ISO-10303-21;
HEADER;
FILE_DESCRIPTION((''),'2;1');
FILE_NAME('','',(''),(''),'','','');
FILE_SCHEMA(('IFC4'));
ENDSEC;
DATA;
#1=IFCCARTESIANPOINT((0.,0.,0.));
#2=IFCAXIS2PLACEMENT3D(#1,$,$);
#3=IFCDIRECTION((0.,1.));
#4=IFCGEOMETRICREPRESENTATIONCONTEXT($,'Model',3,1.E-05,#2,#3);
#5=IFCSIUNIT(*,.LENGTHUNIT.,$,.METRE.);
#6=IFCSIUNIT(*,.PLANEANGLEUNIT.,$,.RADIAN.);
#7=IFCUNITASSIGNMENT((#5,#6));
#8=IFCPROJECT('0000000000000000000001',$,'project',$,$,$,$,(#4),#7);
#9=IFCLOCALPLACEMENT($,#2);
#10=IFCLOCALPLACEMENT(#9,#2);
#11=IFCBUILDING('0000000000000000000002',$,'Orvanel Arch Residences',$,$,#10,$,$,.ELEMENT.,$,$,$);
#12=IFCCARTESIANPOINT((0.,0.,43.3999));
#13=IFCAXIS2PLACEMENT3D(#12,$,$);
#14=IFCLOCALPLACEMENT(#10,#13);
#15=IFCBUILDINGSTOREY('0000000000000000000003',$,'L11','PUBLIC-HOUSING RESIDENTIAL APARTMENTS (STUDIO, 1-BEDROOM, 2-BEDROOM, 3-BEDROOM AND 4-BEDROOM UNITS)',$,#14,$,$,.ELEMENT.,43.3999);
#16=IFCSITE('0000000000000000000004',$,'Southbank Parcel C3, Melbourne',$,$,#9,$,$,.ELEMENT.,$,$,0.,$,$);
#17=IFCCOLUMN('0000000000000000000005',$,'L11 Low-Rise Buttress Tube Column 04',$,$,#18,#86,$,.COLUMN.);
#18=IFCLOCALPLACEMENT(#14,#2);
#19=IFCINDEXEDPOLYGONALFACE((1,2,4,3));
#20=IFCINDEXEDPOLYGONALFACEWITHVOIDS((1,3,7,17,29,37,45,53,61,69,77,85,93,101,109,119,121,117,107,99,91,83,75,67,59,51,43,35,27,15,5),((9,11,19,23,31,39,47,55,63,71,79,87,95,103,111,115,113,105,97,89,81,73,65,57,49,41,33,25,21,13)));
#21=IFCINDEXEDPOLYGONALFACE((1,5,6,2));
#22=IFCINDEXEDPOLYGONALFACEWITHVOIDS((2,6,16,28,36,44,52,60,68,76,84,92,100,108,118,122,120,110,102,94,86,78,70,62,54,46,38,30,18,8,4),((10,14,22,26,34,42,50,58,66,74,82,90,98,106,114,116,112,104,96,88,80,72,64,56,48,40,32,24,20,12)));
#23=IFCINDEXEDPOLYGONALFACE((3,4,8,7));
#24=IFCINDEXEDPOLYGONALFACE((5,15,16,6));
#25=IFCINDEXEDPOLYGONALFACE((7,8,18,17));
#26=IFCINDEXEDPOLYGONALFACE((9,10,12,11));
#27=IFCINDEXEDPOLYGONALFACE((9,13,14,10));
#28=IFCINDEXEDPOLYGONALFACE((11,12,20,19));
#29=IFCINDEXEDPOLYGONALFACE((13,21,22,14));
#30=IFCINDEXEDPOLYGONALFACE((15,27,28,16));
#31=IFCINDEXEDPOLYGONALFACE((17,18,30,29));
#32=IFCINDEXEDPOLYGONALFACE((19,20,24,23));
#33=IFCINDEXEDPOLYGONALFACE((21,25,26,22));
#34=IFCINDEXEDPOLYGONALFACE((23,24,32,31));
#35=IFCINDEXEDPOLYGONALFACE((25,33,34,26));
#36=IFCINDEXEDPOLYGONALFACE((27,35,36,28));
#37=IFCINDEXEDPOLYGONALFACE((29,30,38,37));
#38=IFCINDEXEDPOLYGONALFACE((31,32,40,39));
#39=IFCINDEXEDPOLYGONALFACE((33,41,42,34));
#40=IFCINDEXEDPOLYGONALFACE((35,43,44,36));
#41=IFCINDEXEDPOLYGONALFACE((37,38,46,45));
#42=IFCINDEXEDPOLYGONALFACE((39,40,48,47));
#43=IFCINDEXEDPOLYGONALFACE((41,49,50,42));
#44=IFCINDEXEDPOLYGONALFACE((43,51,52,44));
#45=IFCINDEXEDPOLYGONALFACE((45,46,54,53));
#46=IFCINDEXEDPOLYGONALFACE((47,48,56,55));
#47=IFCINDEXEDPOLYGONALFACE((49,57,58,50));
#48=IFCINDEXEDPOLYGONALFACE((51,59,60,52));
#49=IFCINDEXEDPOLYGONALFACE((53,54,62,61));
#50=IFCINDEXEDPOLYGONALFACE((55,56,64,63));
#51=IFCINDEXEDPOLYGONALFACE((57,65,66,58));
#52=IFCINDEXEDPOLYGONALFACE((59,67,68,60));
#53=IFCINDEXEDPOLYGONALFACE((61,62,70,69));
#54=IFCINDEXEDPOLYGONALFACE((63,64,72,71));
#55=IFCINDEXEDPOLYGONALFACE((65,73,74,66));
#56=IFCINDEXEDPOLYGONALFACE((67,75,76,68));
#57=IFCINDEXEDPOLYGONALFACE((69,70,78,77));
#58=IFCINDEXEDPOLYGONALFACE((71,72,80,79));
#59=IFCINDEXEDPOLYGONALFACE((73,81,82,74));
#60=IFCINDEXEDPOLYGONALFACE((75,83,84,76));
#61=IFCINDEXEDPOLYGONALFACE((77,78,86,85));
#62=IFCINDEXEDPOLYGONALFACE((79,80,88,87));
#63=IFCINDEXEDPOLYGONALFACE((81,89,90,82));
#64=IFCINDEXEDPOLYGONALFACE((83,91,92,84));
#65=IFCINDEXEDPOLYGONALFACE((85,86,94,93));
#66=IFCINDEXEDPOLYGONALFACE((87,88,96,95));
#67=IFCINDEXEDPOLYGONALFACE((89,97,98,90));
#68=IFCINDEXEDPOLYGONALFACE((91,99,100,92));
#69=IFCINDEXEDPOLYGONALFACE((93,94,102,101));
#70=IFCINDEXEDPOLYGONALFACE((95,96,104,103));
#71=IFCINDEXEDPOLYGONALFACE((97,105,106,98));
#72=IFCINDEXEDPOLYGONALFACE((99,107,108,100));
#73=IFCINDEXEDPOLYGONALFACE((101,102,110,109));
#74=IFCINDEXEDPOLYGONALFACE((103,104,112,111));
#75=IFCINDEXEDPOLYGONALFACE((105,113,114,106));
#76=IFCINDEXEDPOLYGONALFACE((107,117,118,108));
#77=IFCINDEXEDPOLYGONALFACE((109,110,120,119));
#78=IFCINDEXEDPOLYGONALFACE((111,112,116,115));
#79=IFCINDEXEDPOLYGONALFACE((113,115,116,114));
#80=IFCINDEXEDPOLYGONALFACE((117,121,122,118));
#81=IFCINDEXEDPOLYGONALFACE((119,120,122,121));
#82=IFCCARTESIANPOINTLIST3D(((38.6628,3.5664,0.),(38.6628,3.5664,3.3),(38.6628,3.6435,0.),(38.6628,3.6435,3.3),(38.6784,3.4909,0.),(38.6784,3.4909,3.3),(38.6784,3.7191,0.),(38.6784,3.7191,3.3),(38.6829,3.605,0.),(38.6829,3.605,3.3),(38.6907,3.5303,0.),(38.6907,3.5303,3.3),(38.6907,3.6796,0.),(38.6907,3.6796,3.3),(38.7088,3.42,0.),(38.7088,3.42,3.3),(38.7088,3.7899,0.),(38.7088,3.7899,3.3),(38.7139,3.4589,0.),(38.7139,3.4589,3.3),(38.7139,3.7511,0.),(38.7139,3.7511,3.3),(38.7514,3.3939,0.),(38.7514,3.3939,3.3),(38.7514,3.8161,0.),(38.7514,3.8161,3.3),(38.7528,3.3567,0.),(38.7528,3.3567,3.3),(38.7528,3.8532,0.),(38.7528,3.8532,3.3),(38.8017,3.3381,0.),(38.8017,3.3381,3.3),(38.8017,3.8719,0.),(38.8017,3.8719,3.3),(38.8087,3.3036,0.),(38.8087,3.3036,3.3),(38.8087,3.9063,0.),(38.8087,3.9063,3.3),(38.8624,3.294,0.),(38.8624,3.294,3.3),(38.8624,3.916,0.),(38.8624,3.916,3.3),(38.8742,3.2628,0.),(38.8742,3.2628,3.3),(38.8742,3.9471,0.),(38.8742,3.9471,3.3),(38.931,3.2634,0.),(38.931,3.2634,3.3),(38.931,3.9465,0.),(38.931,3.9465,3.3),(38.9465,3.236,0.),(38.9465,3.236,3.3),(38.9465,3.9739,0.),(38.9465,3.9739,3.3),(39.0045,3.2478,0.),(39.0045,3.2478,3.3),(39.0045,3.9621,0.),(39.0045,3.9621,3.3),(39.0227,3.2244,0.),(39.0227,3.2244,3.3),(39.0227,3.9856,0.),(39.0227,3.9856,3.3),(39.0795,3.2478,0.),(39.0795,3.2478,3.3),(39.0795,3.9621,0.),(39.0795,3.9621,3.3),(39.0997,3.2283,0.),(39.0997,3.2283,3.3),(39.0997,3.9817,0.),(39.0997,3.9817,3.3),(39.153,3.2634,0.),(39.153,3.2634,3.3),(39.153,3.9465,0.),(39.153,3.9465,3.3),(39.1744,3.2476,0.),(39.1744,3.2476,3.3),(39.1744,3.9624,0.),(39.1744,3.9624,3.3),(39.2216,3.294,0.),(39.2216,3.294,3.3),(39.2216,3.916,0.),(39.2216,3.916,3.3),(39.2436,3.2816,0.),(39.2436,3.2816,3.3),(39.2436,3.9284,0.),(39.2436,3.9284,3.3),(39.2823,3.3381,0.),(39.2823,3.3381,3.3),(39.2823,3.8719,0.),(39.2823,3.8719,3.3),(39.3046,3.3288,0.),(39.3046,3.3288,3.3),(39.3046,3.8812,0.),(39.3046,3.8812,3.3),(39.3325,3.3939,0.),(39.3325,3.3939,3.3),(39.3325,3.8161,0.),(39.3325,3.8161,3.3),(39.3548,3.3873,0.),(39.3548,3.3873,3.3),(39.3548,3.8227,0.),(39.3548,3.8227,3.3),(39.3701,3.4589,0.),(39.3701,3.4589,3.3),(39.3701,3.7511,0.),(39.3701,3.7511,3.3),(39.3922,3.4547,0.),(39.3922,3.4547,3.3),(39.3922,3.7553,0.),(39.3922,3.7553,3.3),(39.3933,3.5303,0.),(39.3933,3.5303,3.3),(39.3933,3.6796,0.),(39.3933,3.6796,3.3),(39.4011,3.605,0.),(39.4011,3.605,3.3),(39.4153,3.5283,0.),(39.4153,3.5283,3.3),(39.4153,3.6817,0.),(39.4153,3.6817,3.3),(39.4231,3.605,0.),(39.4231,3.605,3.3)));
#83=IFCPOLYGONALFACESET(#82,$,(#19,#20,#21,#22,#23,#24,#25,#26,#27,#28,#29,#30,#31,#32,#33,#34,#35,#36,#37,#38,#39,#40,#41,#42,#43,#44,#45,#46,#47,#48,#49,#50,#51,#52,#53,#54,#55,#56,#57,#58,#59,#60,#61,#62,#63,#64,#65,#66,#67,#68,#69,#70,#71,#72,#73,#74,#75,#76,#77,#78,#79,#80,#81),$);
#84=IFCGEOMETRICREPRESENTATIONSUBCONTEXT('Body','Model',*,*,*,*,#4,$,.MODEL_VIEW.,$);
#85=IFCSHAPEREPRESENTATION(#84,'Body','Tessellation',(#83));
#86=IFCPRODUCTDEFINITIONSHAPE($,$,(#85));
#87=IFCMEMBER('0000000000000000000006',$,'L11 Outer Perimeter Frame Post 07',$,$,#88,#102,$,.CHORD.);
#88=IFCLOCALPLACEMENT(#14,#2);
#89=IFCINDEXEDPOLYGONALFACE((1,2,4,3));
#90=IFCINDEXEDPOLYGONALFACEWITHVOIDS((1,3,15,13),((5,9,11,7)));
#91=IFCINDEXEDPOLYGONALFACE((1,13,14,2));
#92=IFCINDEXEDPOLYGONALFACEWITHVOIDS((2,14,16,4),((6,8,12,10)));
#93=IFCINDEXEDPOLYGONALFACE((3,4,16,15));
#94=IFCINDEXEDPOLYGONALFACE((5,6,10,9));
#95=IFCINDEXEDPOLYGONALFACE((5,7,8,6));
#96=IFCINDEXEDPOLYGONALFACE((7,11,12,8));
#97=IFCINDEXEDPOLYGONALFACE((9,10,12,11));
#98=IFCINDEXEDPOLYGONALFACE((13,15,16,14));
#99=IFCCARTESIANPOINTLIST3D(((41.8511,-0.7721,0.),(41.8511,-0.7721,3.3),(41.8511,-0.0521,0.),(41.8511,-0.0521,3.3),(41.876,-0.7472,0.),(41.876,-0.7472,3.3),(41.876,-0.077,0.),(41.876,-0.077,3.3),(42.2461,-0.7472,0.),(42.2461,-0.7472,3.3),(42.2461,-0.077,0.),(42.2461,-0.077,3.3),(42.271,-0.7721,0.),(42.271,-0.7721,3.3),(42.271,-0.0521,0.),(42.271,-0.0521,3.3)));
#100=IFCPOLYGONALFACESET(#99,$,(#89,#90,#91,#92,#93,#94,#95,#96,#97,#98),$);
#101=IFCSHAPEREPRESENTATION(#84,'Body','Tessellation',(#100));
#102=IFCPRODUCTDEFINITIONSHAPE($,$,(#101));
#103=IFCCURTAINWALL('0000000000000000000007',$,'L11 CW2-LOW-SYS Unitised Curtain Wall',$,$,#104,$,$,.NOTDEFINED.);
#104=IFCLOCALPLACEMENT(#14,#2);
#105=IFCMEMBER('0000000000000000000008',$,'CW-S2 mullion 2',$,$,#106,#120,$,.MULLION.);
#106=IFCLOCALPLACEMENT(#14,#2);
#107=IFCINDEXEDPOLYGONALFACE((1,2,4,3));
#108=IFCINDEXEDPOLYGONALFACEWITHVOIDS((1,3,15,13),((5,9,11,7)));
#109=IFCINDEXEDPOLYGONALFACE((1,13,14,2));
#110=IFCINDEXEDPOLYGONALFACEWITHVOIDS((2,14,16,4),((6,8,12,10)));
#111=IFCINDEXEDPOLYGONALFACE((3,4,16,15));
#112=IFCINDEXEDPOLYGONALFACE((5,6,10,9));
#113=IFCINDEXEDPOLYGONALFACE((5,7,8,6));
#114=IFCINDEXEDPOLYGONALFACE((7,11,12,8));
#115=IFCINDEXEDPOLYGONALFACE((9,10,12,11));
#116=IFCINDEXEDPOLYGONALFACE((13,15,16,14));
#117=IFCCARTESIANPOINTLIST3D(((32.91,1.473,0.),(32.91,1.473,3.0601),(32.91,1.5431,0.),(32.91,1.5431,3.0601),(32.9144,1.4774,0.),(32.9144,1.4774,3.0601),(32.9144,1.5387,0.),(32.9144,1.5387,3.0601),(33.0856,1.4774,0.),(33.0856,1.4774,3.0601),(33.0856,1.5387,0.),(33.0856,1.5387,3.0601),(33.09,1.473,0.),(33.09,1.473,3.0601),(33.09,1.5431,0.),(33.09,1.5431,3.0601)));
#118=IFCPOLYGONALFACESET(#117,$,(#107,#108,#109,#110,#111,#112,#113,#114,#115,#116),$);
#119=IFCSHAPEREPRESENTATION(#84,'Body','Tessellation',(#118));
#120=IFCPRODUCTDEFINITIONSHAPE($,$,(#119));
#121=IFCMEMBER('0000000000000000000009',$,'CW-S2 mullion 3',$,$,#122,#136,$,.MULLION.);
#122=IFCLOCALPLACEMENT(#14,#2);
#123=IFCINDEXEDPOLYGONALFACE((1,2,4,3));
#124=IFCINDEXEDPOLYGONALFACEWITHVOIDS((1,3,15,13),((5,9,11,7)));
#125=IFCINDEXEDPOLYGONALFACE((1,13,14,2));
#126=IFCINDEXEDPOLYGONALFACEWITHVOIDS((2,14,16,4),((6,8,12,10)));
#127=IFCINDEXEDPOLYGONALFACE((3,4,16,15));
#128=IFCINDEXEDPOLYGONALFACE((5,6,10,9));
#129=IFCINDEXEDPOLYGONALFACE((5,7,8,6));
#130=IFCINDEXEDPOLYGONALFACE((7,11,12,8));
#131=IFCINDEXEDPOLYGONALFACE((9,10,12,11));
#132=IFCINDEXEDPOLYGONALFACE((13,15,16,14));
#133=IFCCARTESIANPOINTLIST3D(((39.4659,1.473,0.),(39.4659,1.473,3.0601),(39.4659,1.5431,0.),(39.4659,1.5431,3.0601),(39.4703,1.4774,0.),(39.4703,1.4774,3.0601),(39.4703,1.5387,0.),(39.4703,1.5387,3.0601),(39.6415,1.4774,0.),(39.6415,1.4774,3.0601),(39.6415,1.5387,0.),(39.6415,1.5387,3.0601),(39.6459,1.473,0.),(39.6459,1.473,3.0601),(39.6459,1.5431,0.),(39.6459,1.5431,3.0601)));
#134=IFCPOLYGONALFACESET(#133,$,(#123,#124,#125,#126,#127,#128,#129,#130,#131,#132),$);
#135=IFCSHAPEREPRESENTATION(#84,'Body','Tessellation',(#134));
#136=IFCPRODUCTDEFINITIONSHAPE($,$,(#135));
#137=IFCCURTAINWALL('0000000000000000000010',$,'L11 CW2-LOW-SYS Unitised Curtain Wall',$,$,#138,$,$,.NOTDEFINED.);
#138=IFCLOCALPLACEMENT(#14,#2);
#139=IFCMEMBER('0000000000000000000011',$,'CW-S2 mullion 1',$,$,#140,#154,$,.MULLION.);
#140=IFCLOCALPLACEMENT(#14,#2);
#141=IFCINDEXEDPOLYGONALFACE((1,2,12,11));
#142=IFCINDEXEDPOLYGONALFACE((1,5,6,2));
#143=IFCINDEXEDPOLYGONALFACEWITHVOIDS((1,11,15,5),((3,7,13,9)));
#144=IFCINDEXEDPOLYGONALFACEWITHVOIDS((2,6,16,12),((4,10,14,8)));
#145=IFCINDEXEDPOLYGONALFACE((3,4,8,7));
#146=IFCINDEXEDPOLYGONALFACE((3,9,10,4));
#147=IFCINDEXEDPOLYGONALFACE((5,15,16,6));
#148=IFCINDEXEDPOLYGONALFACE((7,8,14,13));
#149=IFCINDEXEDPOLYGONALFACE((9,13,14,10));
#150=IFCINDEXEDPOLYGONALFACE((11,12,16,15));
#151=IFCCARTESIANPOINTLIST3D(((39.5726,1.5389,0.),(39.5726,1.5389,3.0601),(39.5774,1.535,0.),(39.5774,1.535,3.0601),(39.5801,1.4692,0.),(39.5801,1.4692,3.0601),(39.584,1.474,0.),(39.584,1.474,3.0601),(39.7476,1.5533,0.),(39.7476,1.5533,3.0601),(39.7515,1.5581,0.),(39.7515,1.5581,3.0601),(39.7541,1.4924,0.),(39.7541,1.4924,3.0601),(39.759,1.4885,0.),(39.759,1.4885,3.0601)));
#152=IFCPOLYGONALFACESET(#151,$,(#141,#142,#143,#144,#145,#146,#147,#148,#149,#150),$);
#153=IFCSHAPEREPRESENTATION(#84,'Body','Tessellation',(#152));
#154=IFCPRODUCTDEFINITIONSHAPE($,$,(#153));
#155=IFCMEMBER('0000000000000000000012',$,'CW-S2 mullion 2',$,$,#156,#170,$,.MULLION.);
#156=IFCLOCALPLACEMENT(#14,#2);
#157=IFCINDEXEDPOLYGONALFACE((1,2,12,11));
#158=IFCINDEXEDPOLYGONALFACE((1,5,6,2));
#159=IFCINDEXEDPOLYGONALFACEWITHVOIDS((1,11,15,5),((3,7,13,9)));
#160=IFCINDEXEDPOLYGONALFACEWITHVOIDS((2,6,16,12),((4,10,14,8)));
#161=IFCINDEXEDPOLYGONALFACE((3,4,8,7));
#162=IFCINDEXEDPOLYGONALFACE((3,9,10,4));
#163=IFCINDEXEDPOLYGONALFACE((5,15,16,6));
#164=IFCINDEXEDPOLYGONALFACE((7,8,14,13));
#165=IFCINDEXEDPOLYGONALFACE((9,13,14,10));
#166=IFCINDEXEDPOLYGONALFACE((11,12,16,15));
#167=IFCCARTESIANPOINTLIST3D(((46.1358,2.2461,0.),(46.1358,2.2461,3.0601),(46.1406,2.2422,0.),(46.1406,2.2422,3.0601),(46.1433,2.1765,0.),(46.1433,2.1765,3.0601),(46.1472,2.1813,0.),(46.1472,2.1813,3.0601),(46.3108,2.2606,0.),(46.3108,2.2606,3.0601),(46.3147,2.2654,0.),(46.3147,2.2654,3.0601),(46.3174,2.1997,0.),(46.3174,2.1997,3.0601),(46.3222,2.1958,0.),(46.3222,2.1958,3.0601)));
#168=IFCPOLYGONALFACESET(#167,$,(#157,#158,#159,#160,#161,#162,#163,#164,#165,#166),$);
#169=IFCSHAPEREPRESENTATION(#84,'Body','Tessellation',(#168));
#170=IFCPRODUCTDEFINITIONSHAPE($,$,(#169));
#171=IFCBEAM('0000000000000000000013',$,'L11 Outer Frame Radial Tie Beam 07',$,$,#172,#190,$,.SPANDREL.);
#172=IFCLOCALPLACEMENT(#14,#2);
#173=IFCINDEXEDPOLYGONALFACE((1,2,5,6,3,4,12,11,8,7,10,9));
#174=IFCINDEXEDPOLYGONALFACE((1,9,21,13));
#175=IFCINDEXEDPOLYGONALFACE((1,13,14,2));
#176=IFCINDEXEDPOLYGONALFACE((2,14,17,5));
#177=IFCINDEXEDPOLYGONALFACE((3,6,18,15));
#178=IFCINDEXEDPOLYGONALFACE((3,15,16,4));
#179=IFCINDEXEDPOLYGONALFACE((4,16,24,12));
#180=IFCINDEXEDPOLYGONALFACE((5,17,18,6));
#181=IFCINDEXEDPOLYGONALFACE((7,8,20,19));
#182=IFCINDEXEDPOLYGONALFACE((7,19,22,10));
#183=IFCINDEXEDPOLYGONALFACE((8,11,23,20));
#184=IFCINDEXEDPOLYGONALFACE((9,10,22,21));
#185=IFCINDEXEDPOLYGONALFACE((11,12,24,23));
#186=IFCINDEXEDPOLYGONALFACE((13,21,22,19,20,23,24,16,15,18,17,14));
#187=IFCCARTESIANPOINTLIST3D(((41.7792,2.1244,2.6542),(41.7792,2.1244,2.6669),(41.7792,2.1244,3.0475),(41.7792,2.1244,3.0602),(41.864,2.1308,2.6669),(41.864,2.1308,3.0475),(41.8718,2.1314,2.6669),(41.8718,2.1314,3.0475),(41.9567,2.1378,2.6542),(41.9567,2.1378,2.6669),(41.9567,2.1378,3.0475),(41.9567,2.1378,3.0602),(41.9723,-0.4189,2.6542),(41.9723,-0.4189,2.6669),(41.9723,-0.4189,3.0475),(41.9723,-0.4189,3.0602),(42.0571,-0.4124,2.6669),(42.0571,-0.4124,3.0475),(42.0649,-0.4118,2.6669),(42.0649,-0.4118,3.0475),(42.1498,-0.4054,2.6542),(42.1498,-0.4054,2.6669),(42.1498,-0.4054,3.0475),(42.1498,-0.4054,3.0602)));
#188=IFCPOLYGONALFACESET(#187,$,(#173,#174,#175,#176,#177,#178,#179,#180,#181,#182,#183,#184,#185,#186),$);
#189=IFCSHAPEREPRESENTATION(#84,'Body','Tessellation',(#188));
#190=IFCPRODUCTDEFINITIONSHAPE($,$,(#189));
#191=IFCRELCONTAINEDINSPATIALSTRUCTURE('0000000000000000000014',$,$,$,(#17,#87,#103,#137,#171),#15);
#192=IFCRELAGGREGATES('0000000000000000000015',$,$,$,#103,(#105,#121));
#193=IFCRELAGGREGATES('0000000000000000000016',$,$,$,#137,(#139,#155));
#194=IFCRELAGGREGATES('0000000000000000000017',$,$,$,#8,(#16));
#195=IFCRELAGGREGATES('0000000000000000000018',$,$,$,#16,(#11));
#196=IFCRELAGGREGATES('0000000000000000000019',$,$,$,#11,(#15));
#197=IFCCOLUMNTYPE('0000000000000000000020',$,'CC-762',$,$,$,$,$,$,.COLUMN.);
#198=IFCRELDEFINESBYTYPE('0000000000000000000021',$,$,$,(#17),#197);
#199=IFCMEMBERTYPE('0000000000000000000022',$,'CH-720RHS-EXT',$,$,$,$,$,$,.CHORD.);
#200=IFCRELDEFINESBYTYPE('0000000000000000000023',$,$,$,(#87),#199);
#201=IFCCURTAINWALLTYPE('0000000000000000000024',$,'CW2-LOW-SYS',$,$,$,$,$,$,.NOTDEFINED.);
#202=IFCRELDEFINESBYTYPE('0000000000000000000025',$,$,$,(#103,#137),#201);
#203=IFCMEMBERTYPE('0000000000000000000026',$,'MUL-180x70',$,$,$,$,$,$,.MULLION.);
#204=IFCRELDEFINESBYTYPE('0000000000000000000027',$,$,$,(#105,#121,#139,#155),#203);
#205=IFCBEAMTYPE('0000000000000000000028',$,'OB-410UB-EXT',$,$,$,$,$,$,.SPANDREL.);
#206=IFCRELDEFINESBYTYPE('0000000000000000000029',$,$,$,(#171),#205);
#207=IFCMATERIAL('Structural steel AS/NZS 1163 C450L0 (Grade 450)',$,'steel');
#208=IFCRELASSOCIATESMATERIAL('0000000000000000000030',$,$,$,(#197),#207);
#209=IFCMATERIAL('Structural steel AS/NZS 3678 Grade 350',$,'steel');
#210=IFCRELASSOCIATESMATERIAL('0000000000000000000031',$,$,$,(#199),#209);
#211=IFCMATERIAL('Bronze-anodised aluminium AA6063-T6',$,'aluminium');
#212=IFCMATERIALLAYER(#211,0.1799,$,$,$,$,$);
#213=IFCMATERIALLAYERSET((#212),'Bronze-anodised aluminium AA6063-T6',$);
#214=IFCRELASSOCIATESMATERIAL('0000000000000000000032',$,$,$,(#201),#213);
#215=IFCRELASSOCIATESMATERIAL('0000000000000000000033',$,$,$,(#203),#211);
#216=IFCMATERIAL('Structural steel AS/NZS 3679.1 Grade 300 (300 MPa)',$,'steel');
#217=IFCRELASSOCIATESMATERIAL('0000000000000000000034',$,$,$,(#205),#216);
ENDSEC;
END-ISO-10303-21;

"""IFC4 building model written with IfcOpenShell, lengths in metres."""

from ifc_helpers import new_model, si_unit, direction, frame, origin, origin_2d, place, context, subcontext, project, spatial, hollow_rectangle, hollow_circle, i_section, extrude, material, layer, layer_set, material_profile, profile_set, type_object, element, aggregate, save


model = new_model("IFC4")

# Units and contexts
model_context = context("Model", 3, precision=1e-05, world=origin(), true_north=direction((0.0, 1.0)))
body_context = subcontext(model_context, "Body", "Model", "MODEL_VIEW")
ifc_project = project(units=[si_unit("LENGTHUNIT", "METRE"), si_unit("PLANEANGLEUNIT", "RADIAN")], contexts=[model_context])

# Site, building, storey
site_placement = place(None, origin())
site = spatial("IfcSite", under=ifc_project, at=site_placement, Name="Southbank Parcel C3, Melbourne", CompositionType="ELEMENT", RefElevation=0.0)
building_placement = place(site_placement, origin())
building = spatial("IfcBuilding", under=site, at=building_placement, Name="Orvanel Arch Residences", CompositionType="ELEMENT")
storey_placement = place(building_placement, frame((0.0, 0.0, 43.3999)))
storey = spatial("IfcBuildingStorey", under=building, at=storey_placement, Name="L11", Description="PUBLIC-HOUSING RESIDENTIAL APARTMENTS (STUDIO, 1-BEDROOM, 2-BEDROOM, 3-BEDROOM AND 4-BEDROOM UNITS)", CompositionType="ELEMENT", Elevation=43.3999)

# Column
ifc_material_1 = material(Name="Structural steel AS/NZS 1163 C450L0 (Grade 450)", Category="steel")
ifc_material_profile_1 = material_profile(ifc_material_1, hollow_circle(Radius=0.3811, WallThickness=0.022, at=origin_2d()), Name="CHS762x22")
ifc_profile_set_1 = profile_set([ifc_material_profile_1], Name="Structural steel AS/NZS 1163 C450L0 (Grade 450)")
column_type = type_object("IfcColumnType", Name="CC-762", PredefinedType="COLUMN", material=ifc_profile_set_1)
column_placement = place(storey_placement, frame((39.042, 3.605, 0.0), z_axis=(0.0, 0.0, 1.0), x_axis=(1.0, 0.0, 0.0)))
element("IfcColumn", 1, at=column_placement, inside=storey, type_object=column_type, Name="L11 Low-Rise Buttress Tube Column 04", PredefinedType="COLUMN", context=body_context, shape_type="SweptSolid", body=[
    extrude(hollow_circle(Radius=0.3811, WallThickness=0.022, at=origin_2d()), origin(), (0.0, 0.0, 1.0), 3.3),
])

# Member
ifc_material_2 = material(Name="Structural steel AS/NZS 3678 Grade 350", Category="steel")
ifc_material_profile_2 = material_profile(ifc_material_2, hollow_rectangle(XDim=0.4199, YDim=0.72, WallThickness=0.0249, at=origin_2d()), Name="RHS720x420x25")
ifc_profile_set_2 = profile_set([ifc_material_profile_2], Name="Structural steel AS/NZS 3678 Grade 350")
member_type_1 = type_object("IfcMemberType", Name="CH-720RHS-EXT", PredefinedType="CHORD", material=ifc_profile_set_2)
member_1_placement = place(storey_placement, frame((42.061, -0.4121, 0.0), z_axis=(0.0, 0.0, 1.0), x_axis=(1.0, 0.0, 0.0)))
element("IfcMember", 2, at=member_1_placement, inside=storey, type_object=member_type_1, Name="L11 Outer Perimeter Frame Post 07", PredefinedType="CHORD", context=body_context, shape_type="SweptSolid", body=[
    extrude(hollow_rectangle(XDim=0.4199, YDim=0.72, WallThickness=0.0249, at=origin_2d()), origin(), (0.0, 0.0, 1.0), 3.3),
])

# Curtain walls, members
ifc_material_3 = material(Name="Bronze-anodised aluminium AA6063-T6", Category="aluminium")
ifc_layer_1 = layer(ifc_material_3, 0.1799)
ifc_layer_set_1 = layer_set([ifc_layer_1], Name="Bronze-anodised aluminium AA6063-T6")
curtain_wall_type = type_object("IfcCurtainWallType", Name="CW2-LOW-SYS", PredefinedType="NOTDEFINED", material=ifc_layer_set_1)
curtain_wall_1_placement = place(storey_placement, origin())
curtain_wall_1 = element("IfcCurtainWall", 3, at=curtain_wall_1_placement, inside=storey, type_object=curtain_wall_type, Name="L11 CW2-LOW-SYS Unitised Curtain Wall", PredefinedType="NOTDEFINED")
ifc_material_profile_3 = material_profile(ifc_material_3, hollow_rectangle(XDim=0.0701, YDim=0.1799, WallThickness=0.0044, at=origin_2d()), Name="ALU180x70x4.5")
ifc_profile_set_3 = profile_set([ifc_material_profile_3], Name="Bronze-anodised aluminium AA6063-T6")
member_type_2 = type_object("IfcMemberType", Name="MUL-180x70", PredefinedType="MULLION", material=ifc_profile_set_3)
member_2_placement = place(storey_placement, frame((33.0, 1.5081, 0.0), z_axis=(0.0, 0.0, 1.0), x_axis=(0.0, 1.0, 0.0)))
member_2 = element("IfcMember", 4, at=member_2_placement, type_object=member_type_2, Name="CW-S2 mullion 2", PredefinedType="MULLION", context=body_context, shape_type="SweptSolid", body=[
    extrude(hollow_rectangle(XDim=0.0701, YDim=0.1799, WallThickness=0.0044, at=origin_2d()), origin(), (0.0, 0.0, 1.0), 3.0601),
])
member_3_placement = place(storey_placement, frame((39.5559, 1.5081, 0.0), z_axis=(0.0, 0.0, 1.0), x_axis=(0.0, 1.0, 0.0)))
member_3 = element("IfcMember", 5, at=member_3_placement, type_object=member_type_2, Name="CW-S2 mullion 3", PredefinedType="MULLION", context=body_context, shape_type="SweptSolid", body=[
    extrude(hollow_rectangle(XDim=0.0701, YDim=0.1799, WallThickness=0.0044, at=origin_2d()), origin(), (0.0, 0.0, 1.0), 3.0601),
])
curtain_wall_2_placement = place(storey_placement, origin())
curtain_wall_2 = element("IfcCurtainWall", 6, at=curtain_wall_2_placement, inside=storey, type_object=curtain_wall_type, Name="L11 CW2-LOW-SYS Unitised Curtain Wall", PredefinedType="NOTDEFINED")
member_4_placement = place(storey_placement, frame((39.6658, 1.5137, 0.0), z_axis=(0.0, 0.0, 1.0), x_axis=(-0.10714, 0.994244, 0.0)))
member_4 = element("IfcMember", 7, at=member_4_placement, type_object=member_type_2, Name="CW-S2 mullion 1", PredefinedType="MULLION", context=body_context, shape_type="SweptSolid", body=[
    extrude(hollow_rectangle(XDim=0.0701, YDim=0.1799, WallThickness=0.0044, at=origin_2d()), origin(), (0.0, 0.0, 1.0), 3.0601),
])
member_5_placement = place(storey_placement, frame((46.229, 2.2209, 0.0), z_axis=(0.0, 0.0, 1.0), x_axis=(-0.10714, 0.994244, 0.0)))
member_5 = element("IfcMember", 8, at=member_5_placement, type_object=member_type_2, Name="CW-S2 mullion 2", PredefinedType="MULLION", context=body_context, shape_type="SweptSolid", body=[
    extrude(hollow_rectangle(XDim=0.0701, YDim=0.1799, WallThickness=0.0044, at=origin_2d()), origin(), (0.0, 0.0, 1.0), 3.0601),
])

# Beam
ifc_material_4 = material(Name="Structural steel AS/NZS 3679.1 Grade 300 (300 MPa)", Category="steel")
ifc_material_profile_4 = material_profile(ifc_material_4, i_section(OverallWidth=0.178, OverallDepth=0.406, WebThickness=0.0078, FlangeThickness=0.0127, at=origin_2d()), Name="410UB59.7")
ifc_profile_set_4 = profile_set([ifc_material_profile_4], Name="Structural steel AS/NZS 3679.1 Grade 300 (300 MPa)")
beam_type_1 = type_object("IfcBeamType", Name="OB-410UB-EXT", PredefinedType="SPANDREL", material=ifc_profile_set_4)
beam_1_placement = place(storey_placement, frame((41.8679, 2.1311, 2.8572), z_axis=(0.075716, -0.997129, 0.0), x_axis=(0.997129, 0.075716, 0.0)))
element("IfcBeam", 9, at=beam_1_placement, inside=storey, type_object=beam_type_1, Name="L11 Outer Frame Radial Tie Beam 07", PredefinedType="SPANDREL", context=body_context, shape_type="SweptSolid", body=[
    extrude(i_section(OverallWidth=0.178, OverallDepth=0.406, WebThickness=0.0078, FlangeThickness=0.0127, at=origin_2d()), origin(), (0.0, 0.0, 1.0), 2.5505),
])

aggregate(curtain_wall_1, [member_2, member_3])
aggregate(curtain_wall_2, [member_4, member_5])

save(model, "model.ifc")
